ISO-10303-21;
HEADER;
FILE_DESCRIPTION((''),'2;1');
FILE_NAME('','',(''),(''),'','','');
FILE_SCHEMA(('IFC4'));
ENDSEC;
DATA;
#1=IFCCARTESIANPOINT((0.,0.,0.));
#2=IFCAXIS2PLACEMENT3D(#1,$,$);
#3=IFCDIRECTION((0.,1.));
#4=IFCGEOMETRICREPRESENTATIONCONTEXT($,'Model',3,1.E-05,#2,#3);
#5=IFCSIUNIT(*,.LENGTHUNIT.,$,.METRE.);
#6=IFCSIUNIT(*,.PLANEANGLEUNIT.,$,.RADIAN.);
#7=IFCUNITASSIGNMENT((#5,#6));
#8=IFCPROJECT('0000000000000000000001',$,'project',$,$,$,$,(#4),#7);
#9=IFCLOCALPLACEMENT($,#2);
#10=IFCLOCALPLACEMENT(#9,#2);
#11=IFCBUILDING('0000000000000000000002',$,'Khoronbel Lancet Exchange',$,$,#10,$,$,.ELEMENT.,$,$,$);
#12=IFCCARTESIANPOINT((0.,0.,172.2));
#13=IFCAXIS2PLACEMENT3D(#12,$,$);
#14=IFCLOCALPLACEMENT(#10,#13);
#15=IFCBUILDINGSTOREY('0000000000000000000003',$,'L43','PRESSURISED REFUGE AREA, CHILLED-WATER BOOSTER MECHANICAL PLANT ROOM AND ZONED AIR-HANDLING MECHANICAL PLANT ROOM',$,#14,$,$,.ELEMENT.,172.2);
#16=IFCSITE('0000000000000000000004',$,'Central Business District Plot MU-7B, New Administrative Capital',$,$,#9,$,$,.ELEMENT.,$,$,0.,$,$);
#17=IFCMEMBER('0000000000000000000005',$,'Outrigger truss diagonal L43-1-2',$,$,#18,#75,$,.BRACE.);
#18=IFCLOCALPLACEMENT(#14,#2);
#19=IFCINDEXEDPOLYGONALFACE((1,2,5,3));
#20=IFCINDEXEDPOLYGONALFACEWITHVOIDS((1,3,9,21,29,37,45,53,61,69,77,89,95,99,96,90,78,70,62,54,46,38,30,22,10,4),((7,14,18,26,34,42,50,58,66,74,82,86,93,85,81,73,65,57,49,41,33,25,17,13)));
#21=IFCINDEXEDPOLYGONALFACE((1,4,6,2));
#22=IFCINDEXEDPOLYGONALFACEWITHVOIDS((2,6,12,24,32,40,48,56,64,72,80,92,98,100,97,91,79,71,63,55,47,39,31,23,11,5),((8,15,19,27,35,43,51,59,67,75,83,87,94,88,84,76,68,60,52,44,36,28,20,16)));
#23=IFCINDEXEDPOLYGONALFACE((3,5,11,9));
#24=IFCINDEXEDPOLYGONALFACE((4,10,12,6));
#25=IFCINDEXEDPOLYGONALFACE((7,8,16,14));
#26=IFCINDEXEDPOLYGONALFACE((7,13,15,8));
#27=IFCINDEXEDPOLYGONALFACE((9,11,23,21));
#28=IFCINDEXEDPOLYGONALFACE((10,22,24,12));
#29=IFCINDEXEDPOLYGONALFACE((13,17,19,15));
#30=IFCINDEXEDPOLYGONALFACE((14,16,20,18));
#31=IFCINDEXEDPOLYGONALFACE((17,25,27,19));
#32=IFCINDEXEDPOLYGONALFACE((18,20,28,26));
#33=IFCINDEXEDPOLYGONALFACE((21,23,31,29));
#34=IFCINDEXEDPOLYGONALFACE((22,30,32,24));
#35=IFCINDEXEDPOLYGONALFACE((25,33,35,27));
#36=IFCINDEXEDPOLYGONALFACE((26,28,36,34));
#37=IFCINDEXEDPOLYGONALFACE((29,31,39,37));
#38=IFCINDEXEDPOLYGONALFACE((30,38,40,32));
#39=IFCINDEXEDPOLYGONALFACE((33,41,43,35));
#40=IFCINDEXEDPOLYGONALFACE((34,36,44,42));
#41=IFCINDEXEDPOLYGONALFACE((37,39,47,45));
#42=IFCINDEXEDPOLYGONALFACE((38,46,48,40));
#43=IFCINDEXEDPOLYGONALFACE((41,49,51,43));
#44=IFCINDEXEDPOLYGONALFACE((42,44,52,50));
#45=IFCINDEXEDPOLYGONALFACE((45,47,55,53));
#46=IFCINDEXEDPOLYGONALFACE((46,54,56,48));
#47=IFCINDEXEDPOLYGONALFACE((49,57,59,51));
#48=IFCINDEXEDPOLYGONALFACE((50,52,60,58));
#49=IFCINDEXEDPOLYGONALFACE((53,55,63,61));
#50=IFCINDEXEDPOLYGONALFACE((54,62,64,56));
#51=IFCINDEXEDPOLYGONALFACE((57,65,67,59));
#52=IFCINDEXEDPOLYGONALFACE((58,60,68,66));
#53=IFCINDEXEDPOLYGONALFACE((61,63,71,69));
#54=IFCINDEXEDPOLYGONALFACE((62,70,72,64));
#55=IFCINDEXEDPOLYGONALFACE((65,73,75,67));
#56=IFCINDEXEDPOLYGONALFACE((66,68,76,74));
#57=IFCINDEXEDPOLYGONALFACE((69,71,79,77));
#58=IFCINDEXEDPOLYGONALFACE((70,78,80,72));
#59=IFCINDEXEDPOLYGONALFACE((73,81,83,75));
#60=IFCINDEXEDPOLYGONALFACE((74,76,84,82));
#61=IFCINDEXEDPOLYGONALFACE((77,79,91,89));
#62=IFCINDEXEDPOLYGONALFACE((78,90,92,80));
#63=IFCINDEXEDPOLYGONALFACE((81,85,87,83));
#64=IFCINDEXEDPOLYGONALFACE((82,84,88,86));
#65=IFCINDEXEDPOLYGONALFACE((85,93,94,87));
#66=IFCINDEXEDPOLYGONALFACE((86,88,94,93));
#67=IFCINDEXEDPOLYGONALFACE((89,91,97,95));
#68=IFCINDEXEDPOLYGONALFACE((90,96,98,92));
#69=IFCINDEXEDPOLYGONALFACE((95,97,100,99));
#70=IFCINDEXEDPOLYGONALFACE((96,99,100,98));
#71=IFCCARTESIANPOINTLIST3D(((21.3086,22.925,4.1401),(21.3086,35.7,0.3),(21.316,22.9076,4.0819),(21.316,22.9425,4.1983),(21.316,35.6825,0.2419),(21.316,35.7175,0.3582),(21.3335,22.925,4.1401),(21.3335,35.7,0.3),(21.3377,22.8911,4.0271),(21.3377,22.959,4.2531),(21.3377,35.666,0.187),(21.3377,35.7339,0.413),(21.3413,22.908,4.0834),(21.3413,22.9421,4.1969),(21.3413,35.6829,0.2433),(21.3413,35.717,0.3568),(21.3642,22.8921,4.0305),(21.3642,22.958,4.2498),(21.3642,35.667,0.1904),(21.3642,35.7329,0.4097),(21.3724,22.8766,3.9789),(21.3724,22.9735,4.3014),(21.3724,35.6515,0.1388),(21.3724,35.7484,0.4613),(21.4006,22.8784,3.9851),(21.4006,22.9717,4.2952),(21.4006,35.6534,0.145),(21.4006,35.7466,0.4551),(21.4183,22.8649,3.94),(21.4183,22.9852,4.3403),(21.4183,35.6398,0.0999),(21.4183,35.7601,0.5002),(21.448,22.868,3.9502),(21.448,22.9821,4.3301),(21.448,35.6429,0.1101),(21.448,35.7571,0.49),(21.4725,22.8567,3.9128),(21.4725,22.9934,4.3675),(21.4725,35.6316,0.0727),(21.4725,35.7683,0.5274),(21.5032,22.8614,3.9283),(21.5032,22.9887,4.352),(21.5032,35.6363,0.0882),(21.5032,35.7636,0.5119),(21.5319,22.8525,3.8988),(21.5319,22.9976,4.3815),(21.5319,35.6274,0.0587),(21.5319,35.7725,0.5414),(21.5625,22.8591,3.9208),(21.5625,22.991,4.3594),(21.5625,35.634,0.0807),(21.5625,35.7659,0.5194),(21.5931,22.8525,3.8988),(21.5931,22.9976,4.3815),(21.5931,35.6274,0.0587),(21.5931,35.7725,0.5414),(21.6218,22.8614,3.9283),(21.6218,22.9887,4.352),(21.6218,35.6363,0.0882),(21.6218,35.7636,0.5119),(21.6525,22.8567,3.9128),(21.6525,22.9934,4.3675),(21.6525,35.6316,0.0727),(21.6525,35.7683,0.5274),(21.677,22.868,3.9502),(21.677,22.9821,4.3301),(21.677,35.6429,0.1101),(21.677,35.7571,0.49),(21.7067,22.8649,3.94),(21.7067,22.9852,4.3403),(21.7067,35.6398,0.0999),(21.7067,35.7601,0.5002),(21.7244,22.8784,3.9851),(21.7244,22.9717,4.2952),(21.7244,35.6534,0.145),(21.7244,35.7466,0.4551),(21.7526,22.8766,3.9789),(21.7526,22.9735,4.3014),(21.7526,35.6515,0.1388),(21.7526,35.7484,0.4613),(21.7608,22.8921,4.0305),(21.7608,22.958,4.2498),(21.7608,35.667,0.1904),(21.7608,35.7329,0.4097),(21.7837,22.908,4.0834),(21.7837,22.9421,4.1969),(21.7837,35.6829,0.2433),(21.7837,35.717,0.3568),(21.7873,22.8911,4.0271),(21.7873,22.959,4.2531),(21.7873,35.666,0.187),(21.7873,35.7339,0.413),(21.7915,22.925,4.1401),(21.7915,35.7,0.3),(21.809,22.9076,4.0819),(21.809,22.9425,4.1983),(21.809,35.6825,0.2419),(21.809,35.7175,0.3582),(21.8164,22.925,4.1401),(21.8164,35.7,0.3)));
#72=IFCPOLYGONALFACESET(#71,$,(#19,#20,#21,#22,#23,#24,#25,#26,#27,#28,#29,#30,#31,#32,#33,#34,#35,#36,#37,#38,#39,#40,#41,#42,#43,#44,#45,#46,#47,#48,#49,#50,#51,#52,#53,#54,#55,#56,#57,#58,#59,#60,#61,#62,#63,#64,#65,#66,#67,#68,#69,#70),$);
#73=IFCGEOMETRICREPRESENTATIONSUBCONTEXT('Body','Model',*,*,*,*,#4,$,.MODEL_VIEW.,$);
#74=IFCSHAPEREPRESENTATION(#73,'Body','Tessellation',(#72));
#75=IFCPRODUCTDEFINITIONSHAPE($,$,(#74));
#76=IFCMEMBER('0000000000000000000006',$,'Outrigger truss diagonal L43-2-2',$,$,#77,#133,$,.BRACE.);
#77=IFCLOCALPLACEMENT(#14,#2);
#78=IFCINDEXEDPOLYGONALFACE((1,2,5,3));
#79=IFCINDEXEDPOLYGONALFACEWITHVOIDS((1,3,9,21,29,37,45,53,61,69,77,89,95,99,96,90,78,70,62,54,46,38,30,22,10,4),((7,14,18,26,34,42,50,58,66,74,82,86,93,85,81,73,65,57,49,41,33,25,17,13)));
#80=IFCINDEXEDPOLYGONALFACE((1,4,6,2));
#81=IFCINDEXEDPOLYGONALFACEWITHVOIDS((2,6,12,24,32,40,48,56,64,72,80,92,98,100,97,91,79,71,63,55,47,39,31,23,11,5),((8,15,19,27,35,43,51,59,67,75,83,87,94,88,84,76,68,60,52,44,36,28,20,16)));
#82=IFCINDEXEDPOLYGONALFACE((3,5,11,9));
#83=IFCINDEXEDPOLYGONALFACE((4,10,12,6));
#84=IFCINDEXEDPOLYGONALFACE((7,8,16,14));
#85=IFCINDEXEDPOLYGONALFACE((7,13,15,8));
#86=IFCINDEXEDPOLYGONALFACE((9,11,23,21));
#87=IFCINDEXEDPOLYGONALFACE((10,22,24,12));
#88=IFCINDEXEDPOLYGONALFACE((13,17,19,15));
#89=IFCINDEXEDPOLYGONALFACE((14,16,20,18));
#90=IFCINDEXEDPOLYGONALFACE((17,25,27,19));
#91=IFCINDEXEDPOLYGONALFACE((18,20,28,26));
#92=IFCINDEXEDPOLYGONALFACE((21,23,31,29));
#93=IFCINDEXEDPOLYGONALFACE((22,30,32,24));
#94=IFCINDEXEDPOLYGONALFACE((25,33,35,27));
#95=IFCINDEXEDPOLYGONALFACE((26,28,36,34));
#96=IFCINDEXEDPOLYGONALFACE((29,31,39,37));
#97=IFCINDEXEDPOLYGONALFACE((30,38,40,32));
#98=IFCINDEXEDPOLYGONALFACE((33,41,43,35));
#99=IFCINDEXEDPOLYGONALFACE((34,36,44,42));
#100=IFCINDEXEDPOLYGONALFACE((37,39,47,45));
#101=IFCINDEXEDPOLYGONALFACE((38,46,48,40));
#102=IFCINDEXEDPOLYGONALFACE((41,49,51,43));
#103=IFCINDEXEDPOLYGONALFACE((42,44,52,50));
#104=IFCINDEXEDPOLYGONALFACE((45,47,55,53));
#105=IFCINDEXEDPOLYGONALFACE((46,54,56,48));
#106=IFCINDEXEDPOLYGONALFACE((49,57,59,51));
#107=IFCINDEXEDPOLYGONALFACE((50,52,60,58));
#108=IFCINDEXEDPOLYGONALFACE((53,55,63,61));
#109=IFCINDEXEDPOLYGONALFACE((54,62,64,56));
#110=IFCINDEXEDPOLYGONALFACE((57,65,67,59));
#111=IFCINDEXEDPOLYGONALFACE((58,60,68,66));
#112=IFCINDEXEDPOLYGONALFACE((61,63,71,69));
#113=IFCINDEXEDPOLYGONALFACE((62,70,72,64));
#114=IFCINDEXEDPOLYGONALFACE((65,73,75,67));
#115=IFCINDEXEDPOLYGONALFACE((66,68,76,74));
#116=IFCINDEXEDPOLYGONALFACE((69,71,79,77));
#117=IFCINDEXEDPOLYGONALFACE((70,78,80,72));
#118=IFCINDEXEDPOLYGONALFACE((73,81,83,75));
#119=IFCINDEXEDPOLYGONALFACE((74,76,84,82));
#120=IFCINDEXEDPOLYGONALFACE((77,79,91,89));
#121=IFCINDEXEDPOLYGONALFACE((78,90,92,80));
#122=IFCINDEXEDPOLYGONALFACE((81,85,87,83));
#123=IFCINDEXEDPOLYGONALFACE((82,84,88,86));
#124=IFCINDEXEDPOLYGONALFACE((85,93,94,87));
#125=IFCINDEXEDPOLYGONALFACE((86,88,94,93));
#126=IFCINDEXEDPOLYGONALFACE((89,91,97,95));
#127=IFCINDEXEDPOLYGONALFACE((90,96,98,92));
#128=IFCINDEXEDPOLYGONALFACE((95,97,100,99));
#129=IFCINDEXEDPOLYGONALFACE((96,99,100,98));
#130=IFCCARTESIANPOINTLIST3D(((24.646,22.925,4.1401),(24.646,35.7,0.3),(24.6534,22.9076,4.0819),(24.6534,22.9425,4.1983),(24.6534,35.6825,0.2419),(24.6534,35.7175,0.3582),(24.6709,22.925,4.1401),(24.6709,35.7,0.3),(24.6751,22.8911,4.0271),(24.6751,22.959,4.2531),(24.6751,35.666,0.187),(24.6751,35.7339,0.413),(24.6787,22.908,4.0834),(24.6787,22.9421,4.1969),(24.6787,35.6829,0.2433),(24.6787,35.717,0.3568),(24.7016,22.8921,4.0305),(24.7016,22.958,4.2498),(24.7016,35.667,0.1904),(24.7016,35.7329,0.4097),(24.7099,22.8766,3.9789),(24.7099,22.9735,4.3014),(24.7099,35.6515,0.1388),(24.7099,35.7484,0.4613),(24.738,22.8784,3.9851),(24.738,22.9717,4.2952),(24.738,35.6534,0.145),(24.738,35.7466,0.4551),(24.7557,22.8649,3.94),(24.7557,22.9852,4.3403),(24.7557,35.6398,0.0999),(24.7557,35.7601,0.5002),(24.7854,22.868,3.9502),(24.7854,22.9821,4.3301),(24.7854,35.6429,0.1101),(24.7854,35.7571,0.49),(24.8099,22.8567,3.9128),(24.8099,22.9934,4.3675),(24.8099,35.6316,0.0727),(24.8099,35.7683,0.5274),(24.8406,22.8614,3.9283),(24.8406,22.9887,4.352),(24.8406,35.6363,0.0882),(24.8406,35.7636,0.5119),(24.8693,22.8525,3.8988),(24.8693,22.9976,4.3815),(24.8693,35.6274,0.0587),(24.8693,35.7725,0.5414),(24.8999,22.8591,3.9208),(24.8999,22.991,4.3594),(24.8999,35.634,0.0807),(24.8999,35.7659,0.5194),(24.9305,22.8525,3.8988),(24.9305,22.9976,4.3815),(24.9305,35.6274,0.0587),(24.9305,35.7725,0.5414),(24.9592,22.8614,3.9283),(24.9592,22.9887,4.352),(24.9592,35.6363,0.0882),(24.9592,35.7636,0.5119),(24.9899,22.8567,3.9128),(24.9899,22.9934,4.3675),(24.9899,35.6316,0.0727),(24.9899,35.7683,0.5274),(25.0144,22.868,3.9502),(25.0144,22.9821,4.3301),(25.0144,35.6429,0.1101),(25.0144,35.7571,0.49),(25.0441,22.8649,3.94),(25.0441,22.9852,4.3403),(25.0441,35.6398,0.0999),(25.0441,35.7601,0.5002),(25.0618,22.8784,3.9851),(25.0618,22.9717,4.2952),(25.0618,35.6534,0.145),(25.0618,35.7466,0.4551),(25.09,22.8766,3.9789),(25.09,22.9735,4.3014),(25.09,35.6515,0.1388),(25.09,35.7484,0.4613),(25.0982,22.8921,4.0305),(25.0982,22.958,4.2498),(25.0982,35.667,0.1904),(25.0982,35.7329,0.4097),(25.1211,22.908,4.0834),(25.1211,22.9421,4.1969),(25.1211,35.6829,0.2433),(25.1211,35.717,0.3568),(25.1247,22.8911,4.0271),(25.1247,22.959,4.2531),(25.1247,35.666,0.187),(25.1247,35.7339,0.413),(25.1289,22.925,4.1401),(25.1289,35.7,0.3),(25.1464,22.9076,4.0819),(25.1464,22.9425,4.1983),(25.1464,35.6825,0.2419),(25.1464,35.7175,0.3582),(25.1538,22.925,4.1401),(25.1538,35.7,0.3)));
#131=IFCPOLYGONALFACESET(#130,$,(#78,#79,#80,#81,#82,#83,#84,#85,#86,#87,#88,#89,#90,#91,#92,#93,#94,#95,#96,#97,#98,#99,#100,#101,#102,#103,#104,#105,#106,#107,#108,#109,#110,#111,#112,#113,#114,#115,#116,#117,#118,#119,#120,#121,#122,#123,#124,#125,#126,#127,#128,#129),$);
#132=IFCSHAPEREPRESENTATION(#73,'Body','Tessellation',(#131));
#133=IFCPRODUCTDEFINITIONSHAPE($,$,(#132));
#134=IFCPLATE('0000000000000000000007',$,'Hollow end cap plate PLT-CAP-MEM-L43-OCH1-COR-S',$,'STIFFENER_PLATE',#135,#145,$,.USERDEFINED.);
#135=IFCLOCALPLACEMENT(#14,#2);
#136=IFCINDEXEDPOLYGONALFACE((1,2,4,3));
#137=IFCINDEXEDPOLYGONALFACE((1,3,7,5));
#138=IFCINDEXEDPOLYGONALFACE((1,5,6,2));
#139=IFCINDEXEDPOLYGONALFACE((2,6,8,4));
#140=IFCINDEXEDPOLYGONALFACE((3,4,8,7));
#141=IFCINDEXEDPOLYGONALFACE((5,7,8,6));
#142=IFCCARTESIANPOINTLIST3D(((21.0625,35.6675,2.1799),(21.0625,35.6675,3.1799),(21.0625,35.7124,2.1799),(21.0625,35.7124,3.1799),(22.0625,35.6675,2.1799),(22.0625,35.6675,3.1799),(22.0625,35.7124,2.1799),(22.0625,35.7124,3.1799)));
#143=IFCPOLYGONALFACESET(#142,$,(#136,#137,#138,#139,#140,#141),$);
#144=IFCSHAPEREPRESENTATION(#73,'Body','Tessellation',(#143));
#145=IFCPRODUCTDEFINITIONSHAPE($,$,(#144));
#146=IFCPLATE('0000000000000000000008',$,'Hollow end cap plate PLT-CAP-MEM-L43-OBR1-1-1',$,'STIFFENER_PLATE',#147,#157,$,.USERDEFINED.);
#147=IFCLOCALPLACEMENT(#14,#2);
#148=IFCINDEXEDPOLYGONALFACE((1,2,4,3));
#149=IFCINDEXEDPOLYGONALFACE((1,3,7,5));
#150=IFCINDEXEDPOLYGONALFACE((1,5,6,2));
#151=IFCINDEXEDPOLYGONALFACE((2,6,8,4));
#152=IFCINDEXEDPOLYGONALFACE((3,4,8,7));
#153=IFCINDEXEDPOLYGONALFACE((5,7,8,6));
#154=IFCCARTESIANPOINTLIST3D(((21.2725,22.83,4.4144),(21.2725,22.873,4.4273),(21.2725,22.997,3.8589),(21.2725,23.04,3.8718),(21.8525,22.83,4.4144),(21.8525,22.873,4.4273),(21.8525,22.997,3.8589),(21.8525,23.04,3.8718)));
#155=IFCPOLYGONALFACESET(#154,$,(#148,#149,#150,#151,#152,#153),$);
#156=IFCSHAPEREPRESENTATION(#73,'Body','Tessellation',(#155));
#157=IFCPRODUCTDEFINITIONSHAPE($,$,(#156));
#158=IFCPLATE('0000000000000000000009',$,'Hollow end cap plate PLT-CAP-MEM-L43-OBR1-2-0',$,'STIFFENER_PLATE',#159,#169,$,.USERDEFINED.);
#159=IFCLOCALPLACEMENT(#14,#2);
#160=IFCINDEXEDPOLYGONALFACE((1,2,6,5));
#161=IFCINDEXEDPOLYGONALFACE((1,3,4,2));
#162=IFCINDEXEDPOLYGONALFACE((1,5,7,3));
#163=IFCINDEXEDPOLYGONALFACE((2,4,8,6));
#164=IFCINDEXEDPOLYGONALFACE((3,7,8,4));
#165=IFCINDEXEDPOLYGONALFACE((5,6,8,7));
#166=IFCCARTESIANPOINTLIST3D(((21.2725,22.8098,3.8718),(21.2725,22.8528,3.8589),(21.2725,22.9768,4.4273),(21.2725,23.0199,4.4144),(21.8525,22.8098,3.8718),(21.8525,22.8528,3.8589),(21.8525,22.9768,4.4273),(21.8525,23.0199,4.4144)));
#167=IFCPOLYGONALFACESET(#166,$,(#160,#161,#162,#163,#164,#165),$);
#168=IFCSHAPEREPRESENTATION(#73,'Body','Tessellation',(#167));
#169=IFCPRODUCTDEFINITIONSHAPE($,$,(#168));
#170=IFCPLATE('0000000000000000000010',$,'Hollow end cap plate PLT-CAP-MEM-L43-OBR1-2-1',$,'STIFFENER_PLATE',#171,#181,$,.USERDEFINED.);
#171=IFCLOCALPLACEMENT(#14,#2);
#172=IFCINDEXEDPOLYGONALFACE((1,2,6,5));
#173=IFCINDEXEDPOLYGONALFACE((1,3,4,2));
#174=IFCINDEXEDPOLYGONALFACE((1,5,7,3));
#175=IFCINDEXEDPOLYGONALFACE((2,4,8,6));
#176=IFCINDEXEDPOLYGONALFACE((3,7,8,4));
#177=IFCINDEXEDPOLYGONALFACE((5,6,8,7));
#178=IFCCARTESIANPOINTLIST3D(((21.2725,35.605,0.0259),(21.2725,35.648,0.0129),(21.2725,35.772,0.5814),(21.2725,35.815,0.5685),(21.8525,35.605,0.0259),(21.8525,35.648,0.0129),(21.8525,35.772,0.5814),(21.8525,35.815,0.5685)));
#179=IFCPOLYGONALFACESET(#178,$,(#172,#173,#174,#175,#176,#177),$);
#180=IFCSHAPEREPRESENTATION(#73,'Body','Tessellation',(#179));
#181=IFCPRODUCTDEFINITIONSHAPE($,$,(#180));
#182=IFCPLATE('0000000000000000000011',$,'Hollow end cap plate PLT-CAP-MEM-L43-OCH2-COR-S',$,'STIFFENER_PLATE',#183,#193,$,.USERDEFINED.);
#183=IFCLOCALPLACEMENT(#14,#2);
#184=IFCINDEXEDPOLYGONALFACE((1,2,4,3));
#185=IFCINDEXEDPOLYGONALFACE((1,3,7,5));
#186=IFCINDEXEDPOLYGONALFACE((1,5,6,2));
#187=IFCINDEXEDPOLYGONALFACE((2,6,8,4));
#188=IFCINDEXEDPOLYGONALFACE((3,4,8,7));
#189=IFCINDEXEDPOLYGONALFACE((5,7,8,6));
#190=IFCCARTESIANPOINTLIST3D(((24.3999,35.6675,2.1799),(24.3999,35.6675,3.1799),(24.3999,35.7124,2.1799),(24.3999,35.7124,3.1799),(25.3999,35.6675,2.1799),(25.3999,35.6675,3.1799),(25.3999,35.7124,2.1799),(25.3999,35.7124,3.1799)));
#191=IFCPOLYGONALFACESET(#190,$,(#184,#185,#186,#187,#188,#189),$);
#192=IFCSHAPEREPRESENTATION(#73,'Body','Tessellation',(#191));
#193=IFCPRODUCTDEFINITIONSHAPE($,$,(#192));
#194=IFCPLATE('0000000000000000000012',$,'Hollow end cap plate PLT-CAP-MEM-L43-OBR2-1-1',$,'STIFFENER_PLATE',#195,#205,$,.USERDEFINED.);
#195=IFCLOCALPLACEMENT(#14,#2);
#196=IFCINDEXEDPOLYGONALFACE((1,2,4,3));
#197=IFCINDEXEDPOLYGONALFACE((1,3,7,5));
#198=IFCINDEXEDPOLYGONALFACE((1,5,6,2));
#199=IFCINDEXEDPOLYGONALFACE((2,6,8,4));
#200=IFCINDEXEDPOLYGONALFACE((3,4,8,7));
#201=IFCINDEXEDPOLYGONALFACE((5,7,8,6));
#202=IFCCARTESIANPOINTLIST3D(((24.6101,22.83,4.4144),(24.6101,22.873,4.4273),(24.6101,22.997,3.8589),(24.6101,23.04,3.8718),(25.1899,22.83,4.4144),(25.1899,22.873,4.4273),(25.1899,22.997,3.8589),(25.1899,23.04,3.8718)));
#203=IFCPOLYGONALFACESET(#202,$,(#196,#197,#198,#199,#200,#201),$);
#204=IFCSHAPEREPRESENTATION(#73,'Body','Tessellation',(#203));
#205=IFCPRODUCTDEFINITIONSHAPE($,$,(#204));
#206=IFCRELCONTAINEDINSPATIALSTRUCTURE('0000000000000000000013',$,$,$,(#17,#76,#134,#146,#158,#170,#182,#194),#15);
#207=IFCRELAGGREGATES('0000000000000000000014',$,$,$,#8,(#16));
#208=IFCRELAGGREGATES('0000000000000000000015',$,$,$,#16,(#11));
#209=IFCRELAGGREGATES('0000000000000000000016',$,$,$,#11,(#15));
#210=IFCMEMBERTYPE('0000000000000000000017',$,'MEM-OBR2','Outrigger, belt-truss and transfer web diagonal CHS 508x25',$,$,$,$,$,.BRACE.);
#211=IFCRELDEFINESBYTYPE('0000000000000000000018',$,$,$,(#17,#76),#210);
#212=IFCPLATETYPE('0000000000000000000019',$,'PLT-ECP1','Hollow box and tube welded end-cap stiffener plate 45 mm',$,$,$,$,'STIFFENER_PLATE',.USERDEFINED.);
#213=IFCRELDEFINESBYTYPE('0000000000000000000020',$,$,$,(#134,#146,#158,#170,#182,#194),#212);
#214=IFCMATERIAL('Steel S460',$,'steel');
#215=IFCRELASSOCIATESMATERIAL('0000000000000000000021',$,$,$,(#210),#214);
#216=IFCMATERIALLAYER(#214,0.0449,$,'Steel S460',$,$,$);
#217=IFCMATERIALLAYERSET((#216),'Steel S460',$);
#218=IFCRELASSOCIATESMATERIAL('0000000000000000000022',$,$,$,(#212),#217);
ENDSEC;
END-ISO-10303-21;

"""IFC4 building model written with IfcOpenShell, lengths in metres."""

from ifc_helpers import new_model, si_unit, direction, frame, origin, origin_2d, place, context, subcontext, project, spatial, polyline, rectangle, hollow_circle, outline, extrude, material, layer, layer_set, material_profile, profile_set, type_object, element, save


model = new_model("IFC4")

# Units and contexts
model_context = context("Model", 3, precision=1e-05, world=origin(), true_north=direction((0.0, 1.0)))
body_context = subcontext(model_context, "Body", "Model", "MODEL_VIEW")
ifc_project = project(units=[si_unit("LENGTHUNIT", "METRE"), si_unit("PLANEANGLEUNIT", "RADIAN")], contexts=[model_context])

# Site, building, storey
site_placement = place(None, origin())
site = spatial("IfcSite", under=ifc_project, at=site_placement, Name="Central Business District Plot MU-7B, New Administrative Capital", CompositionType="ELEMENT", RefElevation=0.0)
building_placement = place(site_placement, origin())
building = spatial("IfcBuilding", under=site, at=building_placement, Name="Khoronbel Lancet Exchange", CompositionType="ELEMENT")
storey_placement = place(building_placement, frame((0.0, 0.0, 172.2)))
storey = spatial("IfcBuildingStorey", under=building, at=storey_placement, Name="L43", Description="PRESSURISED REFUGE AREA, CHILLED-WATER BOOSTER MECHANICAL PLANT ROOM AND ZONED AIR-HANDLING MECHANICAL PLANT ROOM", CompositionType="ELEMENT", Elevation=172.2)

# Members
ifc_material_1 = material(Name="Steel S460", Category="steel")
ifc_material_profile_1 = material_profile(ifc_material_1, hollow_circle(Radius=0.2539, WallThickness=0.0249, at=origin_2d()), Name="CHS 508x25")
ifc_profile_set_1 = profile_set([ifc_material_profile_1], Name="Steel S460")
member_type = type_object("IfcMemberType", Name="MEM-OBR2", Description="Outrigger, belt-truss and transfer web diagonal CHS 508x25", PredefinedType="BRACE", material=ifc_profile_set_1)
for number, where, z_axis, x_axis, name in (
    (1, (21.5625, 22.925, 4.1401), (0.0, 0.957669, -0.287872), (-1.0, 0.0, 0.0), "Outrigger truss diagonal L43-1-2"),
    (2, (24.8999, 22.925, 4.1401), (0.0, 0.957669, -0.287872), (-1.0, 0.0, 0.0), "Outrigger truss diagonal L43-2-2"),
):
    element("IfcMember", number, at=place(storey_placement, frame(where, z_axis=z_axis, x_axis=x_axis)), inside=storey, type_object=member_type, Name=name, PredefinedType="BRACE", context=body_context, shape_type="SweptSolid", body=[
        extrude(hollow_circle(Radius=0.2539, WallThickness=0.0249, at=origin_2d()), origin(), (0.0, 0.0, 1.0), 13.3396),
    ])

# Plates
ifc_layer_1 = layer(ifc_material_1, 0.0449, Name="Steel S460")
ifc_layer_set_1 = layer_set([ifc_layer_1], Name="Steel S460")
plate_type_1 = type_object("IfcPlateType", Name="PLT-ECP1", Description="Hollow box and tube welded end-cap stiffener plate 45 mm", ElementType="STIFFENER_PLATE", PredefinedType="USERDEFINED", material=ifc_layer_set_1)
plate_1_placement = place(storey_placement, frame((21.5625, 35.6899, 2.1799), z_axis=(0.0, 0.0, 1.0), x_axis=(0.0, -1.0, 0.0)))
element("IfcPlate", 3, at=plate_1_placement, inside=storey, type_object=plate_type_1, Name="Hollow end cap plate PLT-CAP-MEM-L43-OCH1-COR-S", ObjectType="STIFFENER_PLATE", PredefinedType="USERDEFINED", context=body_context, shape_type="SweptSolid", body=[
    extrude(rectangle(XDim=0.0449, YDim=1.0, at=origin_2d()), origin(), (0.0, 0.0, 1.0), 1.0),
])
for number, where, z_axis, x_axis, name in (
    (4, (21.8525, 23.04, 3.8718), (0.0, 0.957652, 0.287927), (-1.0, 0.0, 0.0), "Hollow end cap plate PLT-CAP-MEM-L43-OBR1-1-1"),
    (5, (21.2725, 22.8098, 3.8718), (0.0, -0.957652, 0.287927), (1.0, 0.0, 0.0), "Hollow end cap plate PLT-CAP-MEM-L43-OBR1-2-0"),
    (6, (21.2725, 35.605, 0.0259), (0.0, -0.957652, 0.287927), (1.0, 0.0, 0.0), "Hollow end cap plate PLT-CAP-MEM-L43-OBR1-2-1"),
):
    element("IfcPlate", number, at=place(storey_placement, frame(where, z_axis=z_axis, x_axis=x_axis)), inside=storey, type_object=plate_type_1, Name=name, ObjectType="STIFFENER_PLATE", PredefinedType="USERDEFINED", context=body_context, shape_type="SweptSolid", body=[
        extrude(outline(polyline([(0.0, 0.0), (0.5801, 0.0), (0.5801, 0.5801), (0.0, 0.5801), (0.0, 0.0)])), origin(), (0.0, 0.0, -1.0), 0.0449),
    ])
plate_2_placement = place(storey_placement, frame((24.8999, 35.6899, 2.1799), z_axis=(0.0, 0.0, 1.0), x_axis=(0.0, -1.0, 0.0)))
element("IfcPlate", 7, at=plate_2_placement, inside=storey, type_object=plate_type_1, Name="Hollow end cap plate PLT-CAP-MEM-L43-OCH2-COR-S", ObjectType="STIFFENER_PLATE", PredefinedType="USERDEFINED", context=body_context, shape_type="SweptSolid", body=[
    extrude(rectangle(XDim=0.0449, YDim=1.0, at=origin_2d()), origin(), (0.0, 0.0, 1.0), 1.0),
])
for number, where, z_axis, x_axis, name in (
    (8, (25.1899, 23.04, 3.8718), (0.0, 0.957652, 0.287927), (-1.0, 0.0, 0.0), "Hollow end cap plate PLT-CAP-MEM-L43-OBR2-1-1"),
):
    element("IfcPlate", number, at=place(storey_placement, frame(where, z_axis=z_axis, x_axis=x_axis)), inside=storey, type_object=plate_type_1, Name=name, ObjectType="STIFFENER_PLATE", PredefinedType="USERDEFINED", context=body_context, shape_type="SweptSolid", body=[
        extrude(outline(polyline([(0.0, 0.0), (0.5798, 0.0), (0.5798, 0.5801), (0.0, 0.5801), (0.0, 0.0)])), origin(), (0.0, 0.0, -1.0), 0.0449),
    ])

save(model, "model.ifc")
